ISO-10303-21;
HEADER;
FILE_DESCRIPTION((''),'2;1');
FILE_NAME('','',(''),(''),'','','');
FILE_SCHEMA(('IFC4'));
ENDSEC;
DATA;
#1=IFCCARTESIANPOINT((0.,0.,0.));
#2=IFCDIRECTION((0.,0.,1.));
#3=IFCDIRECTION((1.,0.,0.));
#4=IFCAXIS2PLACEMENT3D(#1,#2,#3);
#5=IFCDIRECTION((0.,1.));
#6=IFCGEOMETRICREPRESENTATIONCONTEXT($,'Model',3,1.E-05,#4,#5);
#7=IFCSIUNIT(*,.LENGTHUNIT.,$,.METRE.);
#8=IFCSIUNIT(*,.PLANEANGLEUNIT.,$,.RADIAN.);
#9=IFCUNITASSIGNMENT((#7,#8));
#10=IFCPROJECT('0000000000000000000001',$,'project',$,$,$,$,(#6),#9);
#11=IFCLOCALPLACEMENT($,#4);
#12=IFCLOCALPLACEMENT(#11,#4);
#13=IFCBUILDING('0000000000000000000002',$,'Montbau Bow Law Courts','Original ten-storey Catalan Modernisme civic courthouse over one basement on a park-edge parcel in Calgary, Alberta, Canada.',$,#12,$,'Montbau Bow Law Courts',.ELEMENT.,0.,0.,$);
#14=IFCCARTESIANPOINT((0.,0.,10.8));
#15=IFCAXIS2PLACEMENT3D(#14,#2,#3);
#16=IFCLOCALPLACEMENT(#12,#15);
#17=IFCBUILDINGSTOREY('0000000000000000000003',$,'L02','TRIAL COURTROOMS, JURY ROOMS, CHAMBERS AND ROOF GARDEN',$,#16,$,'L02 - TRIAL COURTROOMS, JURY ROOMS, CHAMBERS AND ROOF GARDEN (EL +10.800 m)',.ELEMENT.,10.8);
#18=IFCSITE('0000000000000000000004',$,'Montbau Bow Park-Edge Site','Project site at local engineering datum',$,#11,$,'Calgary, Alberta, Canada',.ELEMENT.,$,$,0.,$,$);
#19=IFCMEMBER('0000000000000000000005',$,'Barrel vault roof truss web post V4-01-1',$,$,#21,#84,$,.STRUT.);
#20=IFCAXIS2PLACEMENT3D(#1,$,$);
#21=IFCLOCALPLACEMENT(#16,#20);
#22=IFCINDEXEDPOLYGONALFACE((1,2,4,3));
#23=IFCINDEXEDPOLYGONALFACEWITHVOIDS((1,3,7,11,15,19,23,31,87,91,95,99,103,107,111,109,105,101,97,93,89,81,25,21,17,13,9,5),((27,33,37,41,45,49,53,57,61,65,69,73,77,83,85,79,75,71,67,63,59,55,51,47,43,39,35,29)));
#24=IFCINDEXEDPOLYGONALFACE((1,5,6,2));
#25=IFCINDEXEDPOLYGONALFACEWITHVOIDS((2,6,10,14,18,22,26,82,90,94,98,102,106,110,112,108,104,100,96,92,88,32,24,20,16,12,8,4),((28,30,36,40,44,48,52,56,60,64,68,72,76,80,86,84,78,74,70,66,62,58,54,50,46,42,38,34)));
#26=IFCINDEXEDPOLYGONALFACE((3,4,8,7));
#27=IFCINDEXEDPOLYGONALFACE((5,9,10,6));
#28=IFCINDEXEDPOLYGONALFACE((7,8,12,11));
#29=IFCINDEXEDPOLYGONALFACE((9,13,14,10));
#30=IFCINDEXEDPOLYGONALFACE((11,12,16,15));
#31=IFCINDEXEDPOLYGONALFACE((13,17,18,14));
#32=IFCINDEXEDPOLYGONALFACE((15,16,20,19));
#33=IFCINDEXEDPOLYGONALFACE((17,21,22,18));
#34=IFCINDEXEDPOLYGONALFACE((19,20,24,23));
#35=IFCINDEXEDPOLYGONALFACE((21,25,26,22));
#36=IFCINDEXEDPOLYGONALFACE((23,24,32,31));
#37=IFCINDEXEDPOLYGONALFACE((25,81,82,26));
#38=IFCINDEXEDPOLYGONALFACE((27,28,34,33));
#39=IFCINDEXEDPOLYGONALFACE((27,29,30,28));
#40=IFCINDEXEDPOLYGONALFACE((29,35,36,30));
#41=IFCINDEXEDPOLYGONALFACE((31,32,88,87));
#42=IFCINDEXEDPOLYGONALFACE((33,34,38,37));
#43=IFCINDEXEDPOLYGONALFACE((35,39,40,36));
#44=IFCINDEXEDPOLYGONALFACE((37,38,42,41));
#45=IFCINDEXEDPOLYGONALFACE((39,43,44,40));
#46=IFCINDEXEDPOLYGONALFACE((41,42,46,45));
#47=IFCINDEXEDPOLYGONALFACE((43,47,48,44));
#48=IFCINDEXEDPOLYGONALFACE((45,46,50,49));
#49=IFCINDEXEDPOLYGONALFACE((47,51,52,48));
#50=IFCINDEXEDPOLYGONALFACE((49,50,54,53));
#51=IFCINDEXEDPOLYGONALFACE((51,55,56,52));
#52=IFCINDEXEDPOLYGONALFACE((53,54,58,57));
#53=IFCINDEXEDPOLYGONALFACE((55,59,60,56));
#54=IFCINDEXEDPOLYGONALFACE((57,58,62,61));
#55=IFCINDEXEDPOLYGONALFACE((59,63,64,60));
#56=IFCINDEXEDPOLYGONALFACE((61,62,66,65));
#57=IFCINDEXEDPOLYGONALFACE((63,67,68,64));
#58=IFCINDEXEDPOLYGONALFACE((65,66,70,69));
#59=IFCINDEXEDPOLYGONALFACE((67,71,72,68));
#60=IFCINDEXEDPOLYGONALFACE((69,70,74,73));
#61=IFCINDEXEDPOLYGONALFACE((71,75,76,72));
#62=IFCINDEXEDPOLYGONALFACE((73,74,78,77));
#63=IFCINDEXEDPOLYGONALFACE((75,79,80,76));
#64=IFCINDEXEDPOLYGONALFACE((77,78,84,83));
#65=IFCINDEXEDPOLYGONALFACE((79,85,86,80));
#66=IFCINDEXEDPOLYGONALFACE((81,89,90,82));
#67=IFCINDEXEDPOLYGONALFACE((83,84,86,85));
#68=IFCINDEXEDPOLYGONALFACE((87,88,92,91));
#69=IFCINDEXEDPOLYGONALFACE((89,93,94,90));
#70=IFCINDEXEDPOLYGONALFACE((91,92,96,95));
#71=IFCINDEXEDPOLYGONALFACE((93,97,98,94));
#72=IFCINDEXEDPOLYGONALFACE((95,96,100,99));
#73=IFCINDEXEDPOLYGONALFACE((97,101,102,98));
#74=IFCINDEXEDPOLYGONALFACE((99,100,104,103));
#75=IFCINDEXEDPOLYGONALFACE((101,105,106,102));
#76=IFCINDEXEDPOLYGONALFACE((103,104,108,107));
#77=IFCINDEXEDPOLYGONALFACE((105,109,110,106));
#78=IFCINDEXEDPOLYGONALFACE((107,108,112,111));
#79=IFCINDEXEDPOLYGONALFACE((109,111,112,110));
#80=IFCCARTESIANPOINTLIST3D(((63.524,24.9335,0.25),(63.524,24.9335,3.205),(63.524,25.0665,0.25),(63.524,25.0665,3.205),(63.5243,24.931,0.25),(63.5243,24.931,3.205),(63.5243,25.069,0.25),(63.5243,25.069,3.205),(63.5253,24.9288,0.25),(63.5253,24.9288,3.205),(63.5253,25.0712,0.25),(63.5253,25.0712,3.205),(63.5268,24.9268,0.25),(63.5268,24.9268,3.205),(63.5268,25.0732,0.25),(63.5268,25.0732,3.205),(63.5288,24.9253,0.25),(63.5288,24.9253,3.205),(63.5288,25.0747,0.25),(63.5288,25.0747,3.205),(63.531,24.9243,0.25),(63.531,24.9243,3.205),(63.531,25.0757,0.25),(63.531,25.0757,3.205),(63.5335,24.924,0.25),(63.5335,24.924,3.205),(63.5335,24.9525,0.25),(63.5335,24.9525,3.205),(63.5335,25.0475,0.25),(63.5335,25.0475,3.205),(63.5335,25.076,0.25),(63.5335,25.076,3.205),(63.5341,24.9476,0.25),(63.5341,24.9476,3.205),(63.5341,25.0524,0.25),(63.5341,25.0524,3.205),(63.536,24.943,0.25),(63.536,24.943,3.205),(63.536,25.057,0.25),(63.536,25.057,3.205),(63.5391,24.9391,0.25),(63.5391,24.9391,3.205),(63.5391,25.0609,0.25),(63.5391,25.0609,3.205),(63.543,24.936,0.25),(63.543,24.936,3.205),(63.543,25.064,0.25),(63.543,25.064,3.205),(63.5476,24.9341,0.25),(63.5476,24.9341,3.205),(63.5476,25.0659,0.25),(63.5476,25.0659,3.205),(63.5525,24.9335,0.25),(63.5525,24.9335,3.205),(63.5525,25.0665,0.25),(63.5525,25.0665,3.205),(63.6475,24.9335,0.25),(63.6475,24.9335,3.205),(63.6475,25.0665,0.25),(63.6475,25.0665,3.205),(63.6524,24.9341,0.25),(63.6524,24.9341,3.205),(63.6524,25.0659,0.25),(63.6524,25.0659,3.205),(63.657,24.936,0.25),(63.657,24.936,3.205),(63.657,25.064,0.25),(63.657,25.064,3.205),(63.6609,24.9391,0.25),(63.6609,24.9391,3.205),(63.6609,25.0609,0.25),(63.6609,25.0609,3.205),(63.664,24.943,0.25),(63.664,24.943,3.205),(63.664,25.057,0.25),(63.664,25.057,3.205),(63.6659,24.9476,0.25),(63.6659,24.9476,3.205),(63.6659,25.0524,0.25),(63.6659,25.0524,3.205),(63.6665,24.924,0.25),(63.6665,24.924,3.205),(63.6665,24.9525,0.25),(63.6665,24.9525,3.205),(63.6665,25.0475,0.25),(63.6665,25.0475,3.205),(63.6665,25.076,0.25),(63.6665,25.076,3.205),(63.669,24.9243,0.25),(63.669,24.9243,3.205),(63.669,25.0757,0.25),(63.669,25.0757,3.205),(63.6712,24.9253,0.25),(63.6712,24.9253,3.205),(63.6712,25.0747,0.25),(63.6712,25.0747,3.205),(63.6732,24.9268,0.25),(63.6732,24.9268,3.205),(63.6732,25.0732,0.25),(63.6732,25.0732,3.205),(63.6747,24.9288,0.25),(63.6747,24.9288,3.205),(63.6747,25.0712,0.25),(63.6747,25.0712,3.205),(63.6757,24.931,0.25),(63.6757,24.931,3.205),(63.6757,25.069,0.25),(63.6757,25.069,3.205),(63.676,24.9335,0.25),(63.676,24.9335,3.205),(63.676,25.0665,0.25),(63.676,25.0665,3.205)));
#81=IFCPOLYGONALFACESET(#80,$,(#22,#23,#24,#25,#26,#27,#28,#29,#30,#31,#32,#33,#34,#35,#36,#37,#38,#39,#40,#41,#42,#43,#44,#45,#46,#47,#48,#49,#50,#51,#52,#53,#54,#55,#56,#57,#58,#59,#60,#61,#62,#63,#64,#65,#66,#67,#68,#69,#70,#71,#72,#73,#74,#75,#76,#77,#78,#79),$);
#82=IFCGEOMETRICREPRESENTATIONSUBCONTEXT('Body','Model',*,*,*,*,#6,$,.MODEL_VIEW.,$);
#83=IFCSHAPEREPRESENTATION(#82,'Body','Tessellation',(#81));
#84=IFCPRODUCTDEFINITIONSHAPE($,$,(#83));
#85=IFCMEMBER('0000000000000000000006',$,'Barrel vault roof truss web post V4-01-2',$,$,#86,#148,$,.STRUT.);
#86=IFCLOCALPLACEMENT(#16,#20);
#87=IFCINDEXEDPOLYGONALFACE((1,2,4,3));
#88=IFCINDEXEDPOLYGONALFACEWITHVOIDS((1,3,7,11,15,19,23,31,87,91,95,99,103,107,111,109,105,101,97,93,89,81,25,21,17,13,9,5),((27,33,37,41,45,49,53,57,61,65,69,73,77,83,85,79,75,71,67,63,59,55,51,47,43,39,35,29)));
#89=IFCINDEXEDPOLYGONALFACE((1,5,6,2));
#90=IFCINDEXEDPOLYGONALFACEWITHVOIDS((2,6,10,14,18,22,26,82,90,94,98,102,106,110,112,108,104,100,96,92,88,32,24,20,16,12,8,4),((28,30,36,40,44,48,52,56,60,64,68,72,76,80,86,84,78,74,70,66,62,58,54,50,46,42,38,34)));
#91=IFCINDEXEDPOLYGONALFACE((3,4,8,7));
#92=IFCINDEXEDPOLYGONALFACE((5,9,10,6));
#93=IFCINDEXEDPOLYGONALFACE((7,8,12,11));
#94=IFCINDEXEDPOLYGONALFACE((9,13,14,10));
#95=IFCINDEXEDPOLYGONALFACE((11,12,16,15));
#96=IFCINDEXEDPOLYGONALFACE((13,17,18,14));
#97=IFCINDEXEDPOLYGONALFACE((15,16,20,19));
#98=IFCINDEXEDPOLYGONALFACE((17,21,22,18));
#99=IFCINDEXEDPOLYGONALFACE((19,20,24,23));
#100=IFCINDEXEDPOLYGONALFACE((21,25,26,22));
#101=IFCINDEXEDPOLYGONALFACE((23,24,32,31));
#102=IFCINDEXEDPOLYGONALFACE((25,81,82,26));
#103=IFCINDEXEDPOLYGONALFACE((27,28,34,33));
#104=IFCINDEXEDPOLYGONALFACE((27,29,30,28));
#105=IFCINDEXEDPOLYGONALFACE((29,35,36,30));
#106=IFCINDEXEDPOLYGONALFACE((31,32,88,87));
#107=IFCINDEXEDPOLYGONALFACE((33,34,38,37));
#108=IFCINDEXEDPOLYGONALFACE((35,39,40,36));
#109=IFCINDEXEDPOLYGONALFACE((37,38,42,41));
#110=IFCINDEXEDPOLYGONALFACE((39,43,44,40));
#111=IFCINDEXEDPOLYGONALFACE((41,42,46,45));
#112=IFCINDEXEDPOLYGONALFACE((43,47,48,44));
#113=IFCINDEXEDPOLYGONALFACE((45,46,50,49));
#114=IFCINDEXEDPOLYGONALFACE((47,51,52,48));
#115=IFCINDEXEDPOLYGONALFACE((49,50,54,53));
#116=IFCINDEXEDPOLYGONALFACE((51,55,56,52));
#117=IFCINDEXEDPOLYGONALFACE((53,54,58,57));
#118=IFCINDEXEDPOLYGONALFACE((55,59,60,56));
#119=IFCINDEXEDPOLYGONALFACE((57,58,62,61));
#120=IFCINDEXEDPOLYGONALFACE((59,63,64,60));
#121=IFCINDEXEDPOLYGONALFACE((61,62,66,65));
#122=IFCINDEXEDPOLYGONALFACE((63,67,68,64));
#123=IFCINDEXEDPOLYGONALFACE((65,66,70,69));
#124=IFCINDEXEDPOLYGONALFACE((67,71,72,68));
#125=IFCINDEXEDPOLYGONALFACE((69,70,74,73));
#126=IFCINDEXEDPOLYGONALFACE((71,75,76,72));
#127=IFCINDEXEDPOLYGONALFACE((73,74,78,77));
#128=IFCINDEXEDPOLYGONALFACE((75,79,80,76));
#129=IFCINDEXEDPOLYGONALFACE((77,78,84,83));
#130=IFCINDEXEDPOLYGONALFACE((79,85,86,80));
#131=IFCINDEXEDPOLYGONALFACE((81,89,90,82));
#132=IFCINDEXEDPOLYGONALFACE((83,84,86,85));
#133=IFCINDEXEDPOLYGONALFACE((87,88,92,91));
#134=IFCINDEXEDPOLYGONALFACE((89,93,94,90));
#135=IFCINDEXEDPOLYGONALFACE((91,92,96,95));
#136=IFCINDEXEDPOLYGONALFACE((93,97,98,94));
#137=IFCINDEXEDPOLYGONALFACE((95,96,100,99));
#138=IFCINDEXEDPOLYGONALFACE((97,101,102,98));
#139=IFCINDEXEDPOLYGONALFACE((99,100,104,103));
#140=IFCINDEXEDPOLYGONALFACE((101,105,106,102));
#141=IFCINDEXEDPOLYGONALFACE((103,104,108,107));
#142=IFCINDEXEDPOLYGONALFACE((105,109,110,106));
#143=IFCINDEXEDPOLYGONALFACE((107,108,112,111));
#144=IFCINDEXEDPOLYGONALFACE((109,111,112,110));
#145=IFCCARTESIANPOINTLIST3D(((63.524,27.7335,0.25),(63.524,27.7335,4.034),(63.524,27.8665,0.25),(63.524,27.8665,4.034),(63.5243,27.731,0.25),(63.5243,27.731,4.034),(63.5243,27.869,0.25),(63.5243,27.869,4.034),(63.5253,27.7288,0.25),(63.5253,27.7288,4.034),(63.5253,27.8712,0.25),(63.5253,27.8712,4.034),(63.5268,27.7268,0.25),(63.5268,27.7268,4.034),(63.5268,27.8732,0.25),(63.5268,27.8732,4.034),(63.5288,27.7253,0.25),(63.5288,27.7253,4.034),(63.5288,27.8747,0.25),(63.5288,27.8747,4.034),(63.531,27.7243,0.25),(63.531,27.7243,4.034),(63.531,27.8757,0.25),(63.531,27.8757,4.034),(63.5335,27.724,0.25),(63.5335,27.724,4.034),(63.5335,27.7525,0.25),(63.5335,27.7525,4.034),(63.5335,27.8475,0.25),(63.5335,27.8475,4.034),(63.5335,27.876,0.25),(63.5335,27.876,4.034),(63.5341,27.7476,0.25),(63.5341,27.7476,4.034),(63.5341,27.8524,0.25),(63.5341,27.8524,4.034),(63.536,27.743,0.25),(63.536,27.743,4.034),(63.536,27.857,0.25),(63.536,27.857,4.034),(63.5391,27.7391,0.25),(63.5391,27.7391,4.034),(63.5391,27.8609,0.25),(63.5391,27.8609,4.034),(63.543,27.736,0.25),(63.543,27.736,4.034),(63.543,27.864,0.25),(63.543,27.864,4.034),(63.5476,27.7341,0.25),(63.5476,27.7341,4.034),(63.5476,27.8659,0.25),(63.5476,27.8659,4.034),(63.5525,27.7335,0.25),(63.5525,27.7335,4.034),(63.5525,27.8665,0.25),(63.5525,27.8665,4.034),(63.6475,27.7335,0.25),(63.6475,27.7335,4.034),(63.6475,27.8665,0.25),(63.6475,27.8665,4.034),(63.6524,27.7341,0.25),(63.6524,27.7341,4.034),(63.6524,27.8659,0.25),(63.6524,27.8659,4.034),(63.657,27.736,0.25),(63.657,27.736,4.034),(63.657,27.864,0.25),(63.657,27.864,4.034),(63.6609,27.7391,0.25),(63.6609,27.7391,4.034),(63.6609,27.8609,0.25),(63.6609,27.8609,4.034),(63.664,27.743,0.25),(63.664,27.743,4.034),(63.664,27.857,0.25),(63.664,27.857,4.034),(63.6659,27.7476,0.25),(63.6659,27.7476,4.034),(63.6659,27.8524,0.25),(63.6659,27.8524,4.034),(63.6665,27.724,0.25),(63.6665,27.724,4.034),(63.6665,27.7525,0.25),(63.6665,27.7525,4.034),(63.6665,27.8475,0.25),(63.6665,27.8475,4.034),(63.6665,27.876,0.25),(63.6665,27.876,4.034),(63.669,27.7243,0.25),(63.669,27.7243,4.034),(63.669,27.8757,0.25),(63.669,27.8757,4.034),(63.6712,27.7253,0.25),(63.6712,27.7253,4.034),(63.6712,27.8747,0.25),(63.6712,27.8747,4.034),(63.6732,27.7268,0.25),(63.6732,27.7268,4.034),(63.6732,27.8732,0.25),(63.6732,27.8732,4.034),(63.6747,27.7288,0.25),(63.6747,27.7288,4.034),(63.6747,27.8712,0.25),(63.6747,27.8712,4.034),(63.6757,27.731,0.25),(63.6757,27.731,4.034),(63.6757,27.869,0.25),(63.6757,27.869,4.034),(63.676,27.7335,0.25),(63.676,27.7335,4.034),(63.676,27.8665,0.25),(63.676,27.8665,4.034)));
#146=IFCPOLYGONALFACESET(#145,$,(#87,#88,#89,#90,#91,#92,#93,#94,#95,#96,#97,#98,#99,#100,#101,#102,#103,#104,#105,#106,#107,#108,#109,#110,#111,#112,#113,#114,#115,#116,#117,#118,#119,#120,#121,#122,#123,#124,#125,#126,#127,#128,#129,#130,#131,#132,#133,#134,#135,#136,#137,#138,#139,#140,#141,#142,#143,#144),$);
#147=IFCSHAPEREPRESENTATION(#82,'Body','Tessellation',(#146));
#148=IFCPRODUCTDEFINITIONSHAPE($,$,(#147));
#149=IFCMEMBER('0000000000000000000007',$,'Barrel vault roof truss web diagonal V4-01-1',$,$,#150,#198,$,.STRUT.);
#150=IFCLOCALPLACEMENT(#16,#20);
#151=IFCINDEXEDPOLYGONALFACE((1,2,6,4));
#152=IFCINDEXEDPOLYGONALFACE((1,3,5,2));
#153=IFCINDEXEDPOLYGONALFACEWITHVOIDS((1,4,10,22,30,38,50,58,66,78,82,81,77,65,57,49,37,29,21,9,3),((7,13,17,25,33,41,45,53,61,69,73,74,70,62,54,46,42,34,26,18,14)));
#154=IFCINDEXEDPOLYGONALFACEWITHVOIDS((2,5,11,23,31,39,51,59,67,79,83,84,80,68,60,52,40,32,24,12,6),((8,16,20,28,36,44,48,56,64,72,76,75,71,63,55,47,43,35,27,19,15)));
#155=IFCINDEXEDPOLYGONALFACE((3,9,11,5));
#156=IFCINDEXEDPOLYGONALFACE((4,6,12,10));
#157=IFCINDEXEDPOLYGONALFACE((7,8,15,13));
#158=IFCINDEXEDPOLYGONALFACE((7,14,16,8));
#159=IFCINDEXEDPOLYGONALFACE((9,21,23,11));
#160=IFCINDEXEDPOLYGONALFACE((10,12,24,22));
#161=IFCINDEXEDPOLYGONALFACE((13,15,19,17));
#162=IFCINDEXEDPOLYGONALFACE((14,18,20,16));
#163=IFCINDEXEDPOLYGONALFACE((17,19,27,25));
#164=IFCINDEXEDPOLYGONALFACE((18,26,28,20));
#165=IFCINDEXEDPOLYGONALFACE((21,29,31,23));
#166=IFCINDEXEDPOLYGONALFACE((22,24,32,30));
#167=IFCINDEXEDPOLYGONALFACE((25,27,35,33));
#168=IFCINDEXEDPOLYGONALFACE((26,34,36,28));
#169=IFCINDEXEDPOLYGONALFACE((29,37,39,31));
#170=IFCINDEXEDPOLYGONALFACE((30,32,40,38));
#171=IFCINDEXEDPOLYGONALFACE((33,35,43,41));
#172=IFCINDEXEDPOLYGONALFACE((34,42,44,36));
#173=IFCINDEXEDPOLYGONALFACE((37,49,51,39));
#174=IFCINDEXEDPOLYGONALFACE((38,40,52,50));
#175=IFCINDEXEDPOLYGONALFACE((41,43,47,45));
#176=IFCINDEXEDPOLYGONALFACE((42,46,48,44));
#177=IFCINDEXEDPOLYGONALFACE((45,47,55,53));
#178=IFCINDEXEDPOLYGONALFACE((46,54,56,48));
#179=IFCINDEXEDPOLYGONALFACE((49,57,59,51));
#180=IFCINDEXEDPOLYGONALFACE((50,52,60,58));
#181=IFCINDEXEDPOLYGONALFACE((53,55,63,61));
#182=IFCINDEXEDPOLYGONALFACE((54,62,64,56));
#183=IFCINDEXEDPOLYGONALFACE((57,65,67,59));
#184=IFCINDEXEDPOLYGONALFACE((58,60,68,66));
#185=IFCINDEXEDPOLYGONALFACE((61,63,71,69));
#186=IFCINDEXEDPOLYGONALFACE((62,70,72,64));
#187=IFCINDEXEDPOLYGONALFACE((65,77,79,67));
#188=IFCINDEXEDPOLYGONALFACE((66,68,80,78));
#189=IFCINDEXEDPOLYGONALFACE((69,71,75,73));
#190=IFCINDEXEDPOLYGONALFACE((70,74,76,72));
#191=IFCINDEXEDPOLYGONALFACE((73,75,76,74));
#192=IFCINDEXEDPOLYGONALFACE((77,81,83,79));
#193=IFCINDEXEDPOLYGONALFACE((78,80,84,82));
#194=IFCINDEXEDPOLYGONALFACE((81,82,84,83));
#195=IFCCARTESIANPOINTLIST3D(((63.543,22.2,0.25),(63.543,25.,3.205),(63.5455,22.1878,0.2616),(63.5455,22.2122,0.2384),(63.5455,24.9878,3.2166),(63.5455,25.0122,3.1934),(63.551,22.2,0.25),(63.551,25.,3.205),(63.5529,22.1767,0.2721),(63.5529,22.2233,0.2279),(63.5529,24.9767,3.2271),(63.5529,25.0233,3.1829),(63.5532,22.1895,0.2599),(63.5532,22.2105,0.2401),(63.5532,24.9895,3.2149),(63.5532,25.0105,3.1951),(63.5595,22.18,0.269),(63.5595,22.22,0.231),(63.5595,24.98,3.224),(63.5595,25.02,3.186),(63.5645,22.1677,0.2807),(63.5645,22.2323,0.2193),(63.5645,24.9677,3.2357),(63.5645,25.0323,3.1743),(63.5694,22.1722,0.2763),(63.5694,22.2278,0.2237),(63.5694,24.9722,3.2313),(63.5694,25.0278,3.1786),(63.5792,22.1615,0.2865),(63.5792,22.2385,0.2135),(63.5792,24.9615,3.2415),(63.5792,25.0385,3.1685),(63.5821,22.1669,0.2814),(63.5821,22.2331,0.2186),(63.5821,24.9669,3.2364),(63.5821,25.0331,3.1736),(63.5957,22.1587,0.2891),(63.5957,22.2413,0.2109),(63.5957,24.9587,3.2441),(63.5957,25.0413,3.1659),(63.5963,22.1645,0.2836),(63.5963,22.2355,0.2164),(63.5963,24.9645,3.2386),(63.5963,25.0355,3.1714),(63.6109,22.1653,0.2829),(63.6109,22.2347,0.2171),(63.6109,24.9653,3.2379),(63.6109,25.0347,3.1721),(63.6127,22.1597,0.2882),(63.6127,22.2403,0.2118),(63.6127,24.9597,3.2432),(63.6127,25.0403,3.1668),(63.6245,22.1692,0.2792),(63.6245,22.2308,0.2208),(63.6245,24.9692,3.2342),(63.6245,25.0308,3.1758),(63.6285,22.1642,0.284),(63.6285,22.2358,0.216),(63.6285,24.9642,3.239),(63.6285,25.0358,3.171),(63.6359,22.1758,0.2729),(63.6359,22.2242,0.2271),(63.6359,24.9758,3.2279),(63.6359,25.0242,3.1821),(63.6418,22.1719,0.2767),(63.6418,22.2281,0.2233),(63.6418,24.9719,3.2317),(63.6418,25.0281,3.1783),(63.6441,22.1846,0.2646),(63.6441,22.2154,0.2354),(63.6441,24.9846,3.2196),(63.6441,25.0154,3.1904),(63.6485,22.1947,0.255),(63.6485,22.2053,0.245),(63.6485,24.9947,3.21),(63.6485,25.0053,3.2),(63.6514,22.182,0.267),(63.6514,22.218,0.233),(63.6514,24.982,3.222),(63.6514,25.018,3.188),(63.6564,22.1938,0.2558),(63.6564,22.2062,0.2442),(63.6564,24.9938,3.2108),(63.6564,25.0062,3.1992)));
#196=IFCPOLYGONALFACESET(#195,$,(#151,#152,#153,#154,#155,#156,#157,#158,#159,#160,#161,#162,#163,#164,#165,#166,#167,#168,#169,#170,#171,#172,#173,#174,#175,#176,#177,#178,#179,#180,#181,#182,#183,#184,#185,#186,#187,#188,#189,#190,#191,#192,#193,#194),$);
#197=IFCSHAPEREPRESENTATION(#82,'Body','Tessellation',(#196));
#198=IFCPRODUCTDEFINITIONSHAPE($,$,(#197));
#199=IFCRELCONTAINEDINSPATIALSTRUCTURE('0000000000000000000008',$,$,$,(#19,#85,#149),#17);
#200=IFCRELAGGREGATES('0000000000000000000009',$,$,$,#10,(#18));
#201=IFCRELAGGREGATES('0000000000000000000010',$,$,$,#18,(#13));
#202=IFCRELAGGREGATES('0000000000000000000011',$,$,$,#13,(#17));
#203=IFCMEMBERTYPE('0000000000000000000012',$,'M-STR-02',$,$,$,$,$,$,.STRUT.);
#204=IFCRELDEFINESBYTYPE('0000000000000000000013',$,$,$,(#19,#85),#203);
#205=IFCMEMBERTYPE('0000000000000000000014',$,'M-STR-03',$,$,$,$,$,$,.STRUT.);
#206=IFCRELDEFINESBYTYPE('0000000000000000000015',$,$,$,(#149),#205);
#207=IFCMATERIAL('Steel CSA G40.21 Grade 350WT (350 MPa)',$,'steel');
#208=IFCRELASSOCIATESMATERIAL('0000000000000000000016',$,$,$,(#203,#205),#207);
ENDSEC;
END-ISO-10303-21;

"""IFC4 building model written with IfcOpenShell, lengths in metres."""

from ifc_helpers import new_model, si_unit, direction, frame, origin_with_axes, origin_2d_with_axis, place, context, subcontext, project, spatial, hollow_rectangle, hollow_circle, extrude, material, material_profile, profile_set, type_object, element, save


model = new_model("IFC4")

# Units and contexts
model_context = context("Model", 3, precision=1e-05, world=origin_with_axes(), true_north=direction((0.0, 1.0)))
body_context = subcontext(model_context, "Body", "Model", "MODEL_VIEW")
ifc_project = project(units=[si_unit("LENGTHUNIT", "METRE"), si_unit("PLANEANGLEUNIT", "RADIAN")], contexts=[model_context])

# Site, building, storey
site_placement = place(None, origin_with_axes())
site = spatial("IfcSite", under=ifc_project, at=site_placement, Name="Montbau Bow Park-Edge Site", Description="Project site at local engineering datum", LongName="Calgary, Alberta, Canada", CompositionType="ELEMENT", RefElevation=0.0)
building_placement = place(site_placement, origin_with_axes())
building = spatial("IfcBuilding", under=site, at=building_placement, Name="Montbau Bow Law Courts", Description="Original ten-storey Catalan Modernisme civic courthouse over one basement on a park-edge parcel in Calgary, Alberta, Canada.", LongName="Montbau Bow Law Courts", CompositionType="ELEMENT", ElevationOfRefHeight=0.0, ElevationOfTerrain=0.0)
storey_placement = place(building_placement, frame((0.0, 0.0, 10.8), z_axis=(0.0, 0.0, 1.0), x_axis=(1.0, 0.0, 0.0)))
storey = spatial("IfcBuildingStorey", under=building, at=storey_placement, Name="L02", Description="TRIAL COURTROOMS, JURY ROOMS, CHAMBERS AND ROOF GARDEN", LongName="L02 - TRIAL COURTROOMS, JURY ROOMS, CHAMBERS AND ROOF GARDEN (EL +10.800 m)", CompositionType="ELEMENT", Elevation=10.8)

# Shared definitions
ifc_material_1 = material(Name="Steel CSA G40.21 Grade 350WT (350 MPa)", Category="steel")

# Members
ifc_material_profile_1 = material_profile(ifc_material_1, hollow_rectangle(XDim=0.152, YDim=0.152, WallThickness=0.0095, InnerFilletRadius=0.019, OuterFilletRadius=0.0095, at=origin_2d_with_axis()), Name="HSS152X152X9.5", Category="Main", Priority=0)
ifc_profile_set_1 = profile_set([ifc_material_profile_1], Name="Steel CSA G40.21 Grade 350WT (350 MPa)")
member_type_1 = type_object("IfcMemberType", Name="M-STR-02", PredefinedType="STRUT", material=ifc_profile_set_1)
member_1_placement = place(None, frame((63.6, 25.0, 11.05), z_axis=(0.0, 0.0, 1.0), x_axis=(1.0, 0.0, 0.0)))
element("IfcMember", 1, at=member_1_placement, inside=storey, type_object=member_type_1, Name="Barrel vault roof truss web post V4-01-1", PredefinedType="STRUT", context=body_context, shape_type="SweptSolid", body=[
    extrude(hollow_rectangle(XDim=0.152, YDim=0.152, WallThickness=0.0095, InnerFilletRadius=0.019, OuterFilletRadius=0.0095, at=origin_2d_with_axis()), origin_with_axes(), (0.0, 0.0, 1.0), 2.955),
])
member_2_placement = place(None, frame((63.6, 27.8, 11.05), z_axis=(0.0, 0.0, 1.0), x_axis=(1.0, 0.0, 0.0)))
element("IfcMember", 2, at=member_2_placement, inside=storey, type_object=member_type_1, Name="Barrel vault roof truss web post V4-01-2", PredefinedType="STRUT", context=body_context, shape_type="SweptSolid", body=[
    extrude(hollow_rectangle(XDim=0.152, YDim=0.152, WallThickness=0.0095, InnerFilletRadius=0.019, OuterFilletRadius=0.0095, at=origin_2d_with_axis()), origin_with_axes(), (0.0, 0.0, 1.0), 3.784),
])
ifc_material_profile_2 = material_profile(ifc_material_1, hollow_circle(Radius=0.057, WallThickness=0.008, at=origin_2d_with_axis()), Name="HSS114X8.0", Category="Main", Priority=0)
ifc_profile_set_2 = profile_set([ifc_material_profile_2], Name="Steel CSA G40.21 Grade 350WT (350 MPa)")
member_type_2 = type_object("IfcMemberType", Name="M-STR-03", PredefinedType="STRUT", material=ifc_profile_set_2)
member_3_placement = place(None, frame((63.6, 22.2, 11.05), z_axis=(0.0, 0.687813, 0.725888), x_axis=(-1.0, 0.0, 0.0)))
element("IfcMember", 3, at=member_3_placement, inside=storey, type_object=member_type_2, Name="Barrel vault roof truss web diagonal V4-01-1", PredefinedType="STRUT", context=body_context, shape_type="SweptSolid", body=[
    extrude(hollow_circle(Radius=0.057, WallThickness=0.008, at=origin_2d_with_axis()), origin_with_axes(), (0.0, 0.0, 1.0), 4.0709),
])

save(model, "model.ifc")
